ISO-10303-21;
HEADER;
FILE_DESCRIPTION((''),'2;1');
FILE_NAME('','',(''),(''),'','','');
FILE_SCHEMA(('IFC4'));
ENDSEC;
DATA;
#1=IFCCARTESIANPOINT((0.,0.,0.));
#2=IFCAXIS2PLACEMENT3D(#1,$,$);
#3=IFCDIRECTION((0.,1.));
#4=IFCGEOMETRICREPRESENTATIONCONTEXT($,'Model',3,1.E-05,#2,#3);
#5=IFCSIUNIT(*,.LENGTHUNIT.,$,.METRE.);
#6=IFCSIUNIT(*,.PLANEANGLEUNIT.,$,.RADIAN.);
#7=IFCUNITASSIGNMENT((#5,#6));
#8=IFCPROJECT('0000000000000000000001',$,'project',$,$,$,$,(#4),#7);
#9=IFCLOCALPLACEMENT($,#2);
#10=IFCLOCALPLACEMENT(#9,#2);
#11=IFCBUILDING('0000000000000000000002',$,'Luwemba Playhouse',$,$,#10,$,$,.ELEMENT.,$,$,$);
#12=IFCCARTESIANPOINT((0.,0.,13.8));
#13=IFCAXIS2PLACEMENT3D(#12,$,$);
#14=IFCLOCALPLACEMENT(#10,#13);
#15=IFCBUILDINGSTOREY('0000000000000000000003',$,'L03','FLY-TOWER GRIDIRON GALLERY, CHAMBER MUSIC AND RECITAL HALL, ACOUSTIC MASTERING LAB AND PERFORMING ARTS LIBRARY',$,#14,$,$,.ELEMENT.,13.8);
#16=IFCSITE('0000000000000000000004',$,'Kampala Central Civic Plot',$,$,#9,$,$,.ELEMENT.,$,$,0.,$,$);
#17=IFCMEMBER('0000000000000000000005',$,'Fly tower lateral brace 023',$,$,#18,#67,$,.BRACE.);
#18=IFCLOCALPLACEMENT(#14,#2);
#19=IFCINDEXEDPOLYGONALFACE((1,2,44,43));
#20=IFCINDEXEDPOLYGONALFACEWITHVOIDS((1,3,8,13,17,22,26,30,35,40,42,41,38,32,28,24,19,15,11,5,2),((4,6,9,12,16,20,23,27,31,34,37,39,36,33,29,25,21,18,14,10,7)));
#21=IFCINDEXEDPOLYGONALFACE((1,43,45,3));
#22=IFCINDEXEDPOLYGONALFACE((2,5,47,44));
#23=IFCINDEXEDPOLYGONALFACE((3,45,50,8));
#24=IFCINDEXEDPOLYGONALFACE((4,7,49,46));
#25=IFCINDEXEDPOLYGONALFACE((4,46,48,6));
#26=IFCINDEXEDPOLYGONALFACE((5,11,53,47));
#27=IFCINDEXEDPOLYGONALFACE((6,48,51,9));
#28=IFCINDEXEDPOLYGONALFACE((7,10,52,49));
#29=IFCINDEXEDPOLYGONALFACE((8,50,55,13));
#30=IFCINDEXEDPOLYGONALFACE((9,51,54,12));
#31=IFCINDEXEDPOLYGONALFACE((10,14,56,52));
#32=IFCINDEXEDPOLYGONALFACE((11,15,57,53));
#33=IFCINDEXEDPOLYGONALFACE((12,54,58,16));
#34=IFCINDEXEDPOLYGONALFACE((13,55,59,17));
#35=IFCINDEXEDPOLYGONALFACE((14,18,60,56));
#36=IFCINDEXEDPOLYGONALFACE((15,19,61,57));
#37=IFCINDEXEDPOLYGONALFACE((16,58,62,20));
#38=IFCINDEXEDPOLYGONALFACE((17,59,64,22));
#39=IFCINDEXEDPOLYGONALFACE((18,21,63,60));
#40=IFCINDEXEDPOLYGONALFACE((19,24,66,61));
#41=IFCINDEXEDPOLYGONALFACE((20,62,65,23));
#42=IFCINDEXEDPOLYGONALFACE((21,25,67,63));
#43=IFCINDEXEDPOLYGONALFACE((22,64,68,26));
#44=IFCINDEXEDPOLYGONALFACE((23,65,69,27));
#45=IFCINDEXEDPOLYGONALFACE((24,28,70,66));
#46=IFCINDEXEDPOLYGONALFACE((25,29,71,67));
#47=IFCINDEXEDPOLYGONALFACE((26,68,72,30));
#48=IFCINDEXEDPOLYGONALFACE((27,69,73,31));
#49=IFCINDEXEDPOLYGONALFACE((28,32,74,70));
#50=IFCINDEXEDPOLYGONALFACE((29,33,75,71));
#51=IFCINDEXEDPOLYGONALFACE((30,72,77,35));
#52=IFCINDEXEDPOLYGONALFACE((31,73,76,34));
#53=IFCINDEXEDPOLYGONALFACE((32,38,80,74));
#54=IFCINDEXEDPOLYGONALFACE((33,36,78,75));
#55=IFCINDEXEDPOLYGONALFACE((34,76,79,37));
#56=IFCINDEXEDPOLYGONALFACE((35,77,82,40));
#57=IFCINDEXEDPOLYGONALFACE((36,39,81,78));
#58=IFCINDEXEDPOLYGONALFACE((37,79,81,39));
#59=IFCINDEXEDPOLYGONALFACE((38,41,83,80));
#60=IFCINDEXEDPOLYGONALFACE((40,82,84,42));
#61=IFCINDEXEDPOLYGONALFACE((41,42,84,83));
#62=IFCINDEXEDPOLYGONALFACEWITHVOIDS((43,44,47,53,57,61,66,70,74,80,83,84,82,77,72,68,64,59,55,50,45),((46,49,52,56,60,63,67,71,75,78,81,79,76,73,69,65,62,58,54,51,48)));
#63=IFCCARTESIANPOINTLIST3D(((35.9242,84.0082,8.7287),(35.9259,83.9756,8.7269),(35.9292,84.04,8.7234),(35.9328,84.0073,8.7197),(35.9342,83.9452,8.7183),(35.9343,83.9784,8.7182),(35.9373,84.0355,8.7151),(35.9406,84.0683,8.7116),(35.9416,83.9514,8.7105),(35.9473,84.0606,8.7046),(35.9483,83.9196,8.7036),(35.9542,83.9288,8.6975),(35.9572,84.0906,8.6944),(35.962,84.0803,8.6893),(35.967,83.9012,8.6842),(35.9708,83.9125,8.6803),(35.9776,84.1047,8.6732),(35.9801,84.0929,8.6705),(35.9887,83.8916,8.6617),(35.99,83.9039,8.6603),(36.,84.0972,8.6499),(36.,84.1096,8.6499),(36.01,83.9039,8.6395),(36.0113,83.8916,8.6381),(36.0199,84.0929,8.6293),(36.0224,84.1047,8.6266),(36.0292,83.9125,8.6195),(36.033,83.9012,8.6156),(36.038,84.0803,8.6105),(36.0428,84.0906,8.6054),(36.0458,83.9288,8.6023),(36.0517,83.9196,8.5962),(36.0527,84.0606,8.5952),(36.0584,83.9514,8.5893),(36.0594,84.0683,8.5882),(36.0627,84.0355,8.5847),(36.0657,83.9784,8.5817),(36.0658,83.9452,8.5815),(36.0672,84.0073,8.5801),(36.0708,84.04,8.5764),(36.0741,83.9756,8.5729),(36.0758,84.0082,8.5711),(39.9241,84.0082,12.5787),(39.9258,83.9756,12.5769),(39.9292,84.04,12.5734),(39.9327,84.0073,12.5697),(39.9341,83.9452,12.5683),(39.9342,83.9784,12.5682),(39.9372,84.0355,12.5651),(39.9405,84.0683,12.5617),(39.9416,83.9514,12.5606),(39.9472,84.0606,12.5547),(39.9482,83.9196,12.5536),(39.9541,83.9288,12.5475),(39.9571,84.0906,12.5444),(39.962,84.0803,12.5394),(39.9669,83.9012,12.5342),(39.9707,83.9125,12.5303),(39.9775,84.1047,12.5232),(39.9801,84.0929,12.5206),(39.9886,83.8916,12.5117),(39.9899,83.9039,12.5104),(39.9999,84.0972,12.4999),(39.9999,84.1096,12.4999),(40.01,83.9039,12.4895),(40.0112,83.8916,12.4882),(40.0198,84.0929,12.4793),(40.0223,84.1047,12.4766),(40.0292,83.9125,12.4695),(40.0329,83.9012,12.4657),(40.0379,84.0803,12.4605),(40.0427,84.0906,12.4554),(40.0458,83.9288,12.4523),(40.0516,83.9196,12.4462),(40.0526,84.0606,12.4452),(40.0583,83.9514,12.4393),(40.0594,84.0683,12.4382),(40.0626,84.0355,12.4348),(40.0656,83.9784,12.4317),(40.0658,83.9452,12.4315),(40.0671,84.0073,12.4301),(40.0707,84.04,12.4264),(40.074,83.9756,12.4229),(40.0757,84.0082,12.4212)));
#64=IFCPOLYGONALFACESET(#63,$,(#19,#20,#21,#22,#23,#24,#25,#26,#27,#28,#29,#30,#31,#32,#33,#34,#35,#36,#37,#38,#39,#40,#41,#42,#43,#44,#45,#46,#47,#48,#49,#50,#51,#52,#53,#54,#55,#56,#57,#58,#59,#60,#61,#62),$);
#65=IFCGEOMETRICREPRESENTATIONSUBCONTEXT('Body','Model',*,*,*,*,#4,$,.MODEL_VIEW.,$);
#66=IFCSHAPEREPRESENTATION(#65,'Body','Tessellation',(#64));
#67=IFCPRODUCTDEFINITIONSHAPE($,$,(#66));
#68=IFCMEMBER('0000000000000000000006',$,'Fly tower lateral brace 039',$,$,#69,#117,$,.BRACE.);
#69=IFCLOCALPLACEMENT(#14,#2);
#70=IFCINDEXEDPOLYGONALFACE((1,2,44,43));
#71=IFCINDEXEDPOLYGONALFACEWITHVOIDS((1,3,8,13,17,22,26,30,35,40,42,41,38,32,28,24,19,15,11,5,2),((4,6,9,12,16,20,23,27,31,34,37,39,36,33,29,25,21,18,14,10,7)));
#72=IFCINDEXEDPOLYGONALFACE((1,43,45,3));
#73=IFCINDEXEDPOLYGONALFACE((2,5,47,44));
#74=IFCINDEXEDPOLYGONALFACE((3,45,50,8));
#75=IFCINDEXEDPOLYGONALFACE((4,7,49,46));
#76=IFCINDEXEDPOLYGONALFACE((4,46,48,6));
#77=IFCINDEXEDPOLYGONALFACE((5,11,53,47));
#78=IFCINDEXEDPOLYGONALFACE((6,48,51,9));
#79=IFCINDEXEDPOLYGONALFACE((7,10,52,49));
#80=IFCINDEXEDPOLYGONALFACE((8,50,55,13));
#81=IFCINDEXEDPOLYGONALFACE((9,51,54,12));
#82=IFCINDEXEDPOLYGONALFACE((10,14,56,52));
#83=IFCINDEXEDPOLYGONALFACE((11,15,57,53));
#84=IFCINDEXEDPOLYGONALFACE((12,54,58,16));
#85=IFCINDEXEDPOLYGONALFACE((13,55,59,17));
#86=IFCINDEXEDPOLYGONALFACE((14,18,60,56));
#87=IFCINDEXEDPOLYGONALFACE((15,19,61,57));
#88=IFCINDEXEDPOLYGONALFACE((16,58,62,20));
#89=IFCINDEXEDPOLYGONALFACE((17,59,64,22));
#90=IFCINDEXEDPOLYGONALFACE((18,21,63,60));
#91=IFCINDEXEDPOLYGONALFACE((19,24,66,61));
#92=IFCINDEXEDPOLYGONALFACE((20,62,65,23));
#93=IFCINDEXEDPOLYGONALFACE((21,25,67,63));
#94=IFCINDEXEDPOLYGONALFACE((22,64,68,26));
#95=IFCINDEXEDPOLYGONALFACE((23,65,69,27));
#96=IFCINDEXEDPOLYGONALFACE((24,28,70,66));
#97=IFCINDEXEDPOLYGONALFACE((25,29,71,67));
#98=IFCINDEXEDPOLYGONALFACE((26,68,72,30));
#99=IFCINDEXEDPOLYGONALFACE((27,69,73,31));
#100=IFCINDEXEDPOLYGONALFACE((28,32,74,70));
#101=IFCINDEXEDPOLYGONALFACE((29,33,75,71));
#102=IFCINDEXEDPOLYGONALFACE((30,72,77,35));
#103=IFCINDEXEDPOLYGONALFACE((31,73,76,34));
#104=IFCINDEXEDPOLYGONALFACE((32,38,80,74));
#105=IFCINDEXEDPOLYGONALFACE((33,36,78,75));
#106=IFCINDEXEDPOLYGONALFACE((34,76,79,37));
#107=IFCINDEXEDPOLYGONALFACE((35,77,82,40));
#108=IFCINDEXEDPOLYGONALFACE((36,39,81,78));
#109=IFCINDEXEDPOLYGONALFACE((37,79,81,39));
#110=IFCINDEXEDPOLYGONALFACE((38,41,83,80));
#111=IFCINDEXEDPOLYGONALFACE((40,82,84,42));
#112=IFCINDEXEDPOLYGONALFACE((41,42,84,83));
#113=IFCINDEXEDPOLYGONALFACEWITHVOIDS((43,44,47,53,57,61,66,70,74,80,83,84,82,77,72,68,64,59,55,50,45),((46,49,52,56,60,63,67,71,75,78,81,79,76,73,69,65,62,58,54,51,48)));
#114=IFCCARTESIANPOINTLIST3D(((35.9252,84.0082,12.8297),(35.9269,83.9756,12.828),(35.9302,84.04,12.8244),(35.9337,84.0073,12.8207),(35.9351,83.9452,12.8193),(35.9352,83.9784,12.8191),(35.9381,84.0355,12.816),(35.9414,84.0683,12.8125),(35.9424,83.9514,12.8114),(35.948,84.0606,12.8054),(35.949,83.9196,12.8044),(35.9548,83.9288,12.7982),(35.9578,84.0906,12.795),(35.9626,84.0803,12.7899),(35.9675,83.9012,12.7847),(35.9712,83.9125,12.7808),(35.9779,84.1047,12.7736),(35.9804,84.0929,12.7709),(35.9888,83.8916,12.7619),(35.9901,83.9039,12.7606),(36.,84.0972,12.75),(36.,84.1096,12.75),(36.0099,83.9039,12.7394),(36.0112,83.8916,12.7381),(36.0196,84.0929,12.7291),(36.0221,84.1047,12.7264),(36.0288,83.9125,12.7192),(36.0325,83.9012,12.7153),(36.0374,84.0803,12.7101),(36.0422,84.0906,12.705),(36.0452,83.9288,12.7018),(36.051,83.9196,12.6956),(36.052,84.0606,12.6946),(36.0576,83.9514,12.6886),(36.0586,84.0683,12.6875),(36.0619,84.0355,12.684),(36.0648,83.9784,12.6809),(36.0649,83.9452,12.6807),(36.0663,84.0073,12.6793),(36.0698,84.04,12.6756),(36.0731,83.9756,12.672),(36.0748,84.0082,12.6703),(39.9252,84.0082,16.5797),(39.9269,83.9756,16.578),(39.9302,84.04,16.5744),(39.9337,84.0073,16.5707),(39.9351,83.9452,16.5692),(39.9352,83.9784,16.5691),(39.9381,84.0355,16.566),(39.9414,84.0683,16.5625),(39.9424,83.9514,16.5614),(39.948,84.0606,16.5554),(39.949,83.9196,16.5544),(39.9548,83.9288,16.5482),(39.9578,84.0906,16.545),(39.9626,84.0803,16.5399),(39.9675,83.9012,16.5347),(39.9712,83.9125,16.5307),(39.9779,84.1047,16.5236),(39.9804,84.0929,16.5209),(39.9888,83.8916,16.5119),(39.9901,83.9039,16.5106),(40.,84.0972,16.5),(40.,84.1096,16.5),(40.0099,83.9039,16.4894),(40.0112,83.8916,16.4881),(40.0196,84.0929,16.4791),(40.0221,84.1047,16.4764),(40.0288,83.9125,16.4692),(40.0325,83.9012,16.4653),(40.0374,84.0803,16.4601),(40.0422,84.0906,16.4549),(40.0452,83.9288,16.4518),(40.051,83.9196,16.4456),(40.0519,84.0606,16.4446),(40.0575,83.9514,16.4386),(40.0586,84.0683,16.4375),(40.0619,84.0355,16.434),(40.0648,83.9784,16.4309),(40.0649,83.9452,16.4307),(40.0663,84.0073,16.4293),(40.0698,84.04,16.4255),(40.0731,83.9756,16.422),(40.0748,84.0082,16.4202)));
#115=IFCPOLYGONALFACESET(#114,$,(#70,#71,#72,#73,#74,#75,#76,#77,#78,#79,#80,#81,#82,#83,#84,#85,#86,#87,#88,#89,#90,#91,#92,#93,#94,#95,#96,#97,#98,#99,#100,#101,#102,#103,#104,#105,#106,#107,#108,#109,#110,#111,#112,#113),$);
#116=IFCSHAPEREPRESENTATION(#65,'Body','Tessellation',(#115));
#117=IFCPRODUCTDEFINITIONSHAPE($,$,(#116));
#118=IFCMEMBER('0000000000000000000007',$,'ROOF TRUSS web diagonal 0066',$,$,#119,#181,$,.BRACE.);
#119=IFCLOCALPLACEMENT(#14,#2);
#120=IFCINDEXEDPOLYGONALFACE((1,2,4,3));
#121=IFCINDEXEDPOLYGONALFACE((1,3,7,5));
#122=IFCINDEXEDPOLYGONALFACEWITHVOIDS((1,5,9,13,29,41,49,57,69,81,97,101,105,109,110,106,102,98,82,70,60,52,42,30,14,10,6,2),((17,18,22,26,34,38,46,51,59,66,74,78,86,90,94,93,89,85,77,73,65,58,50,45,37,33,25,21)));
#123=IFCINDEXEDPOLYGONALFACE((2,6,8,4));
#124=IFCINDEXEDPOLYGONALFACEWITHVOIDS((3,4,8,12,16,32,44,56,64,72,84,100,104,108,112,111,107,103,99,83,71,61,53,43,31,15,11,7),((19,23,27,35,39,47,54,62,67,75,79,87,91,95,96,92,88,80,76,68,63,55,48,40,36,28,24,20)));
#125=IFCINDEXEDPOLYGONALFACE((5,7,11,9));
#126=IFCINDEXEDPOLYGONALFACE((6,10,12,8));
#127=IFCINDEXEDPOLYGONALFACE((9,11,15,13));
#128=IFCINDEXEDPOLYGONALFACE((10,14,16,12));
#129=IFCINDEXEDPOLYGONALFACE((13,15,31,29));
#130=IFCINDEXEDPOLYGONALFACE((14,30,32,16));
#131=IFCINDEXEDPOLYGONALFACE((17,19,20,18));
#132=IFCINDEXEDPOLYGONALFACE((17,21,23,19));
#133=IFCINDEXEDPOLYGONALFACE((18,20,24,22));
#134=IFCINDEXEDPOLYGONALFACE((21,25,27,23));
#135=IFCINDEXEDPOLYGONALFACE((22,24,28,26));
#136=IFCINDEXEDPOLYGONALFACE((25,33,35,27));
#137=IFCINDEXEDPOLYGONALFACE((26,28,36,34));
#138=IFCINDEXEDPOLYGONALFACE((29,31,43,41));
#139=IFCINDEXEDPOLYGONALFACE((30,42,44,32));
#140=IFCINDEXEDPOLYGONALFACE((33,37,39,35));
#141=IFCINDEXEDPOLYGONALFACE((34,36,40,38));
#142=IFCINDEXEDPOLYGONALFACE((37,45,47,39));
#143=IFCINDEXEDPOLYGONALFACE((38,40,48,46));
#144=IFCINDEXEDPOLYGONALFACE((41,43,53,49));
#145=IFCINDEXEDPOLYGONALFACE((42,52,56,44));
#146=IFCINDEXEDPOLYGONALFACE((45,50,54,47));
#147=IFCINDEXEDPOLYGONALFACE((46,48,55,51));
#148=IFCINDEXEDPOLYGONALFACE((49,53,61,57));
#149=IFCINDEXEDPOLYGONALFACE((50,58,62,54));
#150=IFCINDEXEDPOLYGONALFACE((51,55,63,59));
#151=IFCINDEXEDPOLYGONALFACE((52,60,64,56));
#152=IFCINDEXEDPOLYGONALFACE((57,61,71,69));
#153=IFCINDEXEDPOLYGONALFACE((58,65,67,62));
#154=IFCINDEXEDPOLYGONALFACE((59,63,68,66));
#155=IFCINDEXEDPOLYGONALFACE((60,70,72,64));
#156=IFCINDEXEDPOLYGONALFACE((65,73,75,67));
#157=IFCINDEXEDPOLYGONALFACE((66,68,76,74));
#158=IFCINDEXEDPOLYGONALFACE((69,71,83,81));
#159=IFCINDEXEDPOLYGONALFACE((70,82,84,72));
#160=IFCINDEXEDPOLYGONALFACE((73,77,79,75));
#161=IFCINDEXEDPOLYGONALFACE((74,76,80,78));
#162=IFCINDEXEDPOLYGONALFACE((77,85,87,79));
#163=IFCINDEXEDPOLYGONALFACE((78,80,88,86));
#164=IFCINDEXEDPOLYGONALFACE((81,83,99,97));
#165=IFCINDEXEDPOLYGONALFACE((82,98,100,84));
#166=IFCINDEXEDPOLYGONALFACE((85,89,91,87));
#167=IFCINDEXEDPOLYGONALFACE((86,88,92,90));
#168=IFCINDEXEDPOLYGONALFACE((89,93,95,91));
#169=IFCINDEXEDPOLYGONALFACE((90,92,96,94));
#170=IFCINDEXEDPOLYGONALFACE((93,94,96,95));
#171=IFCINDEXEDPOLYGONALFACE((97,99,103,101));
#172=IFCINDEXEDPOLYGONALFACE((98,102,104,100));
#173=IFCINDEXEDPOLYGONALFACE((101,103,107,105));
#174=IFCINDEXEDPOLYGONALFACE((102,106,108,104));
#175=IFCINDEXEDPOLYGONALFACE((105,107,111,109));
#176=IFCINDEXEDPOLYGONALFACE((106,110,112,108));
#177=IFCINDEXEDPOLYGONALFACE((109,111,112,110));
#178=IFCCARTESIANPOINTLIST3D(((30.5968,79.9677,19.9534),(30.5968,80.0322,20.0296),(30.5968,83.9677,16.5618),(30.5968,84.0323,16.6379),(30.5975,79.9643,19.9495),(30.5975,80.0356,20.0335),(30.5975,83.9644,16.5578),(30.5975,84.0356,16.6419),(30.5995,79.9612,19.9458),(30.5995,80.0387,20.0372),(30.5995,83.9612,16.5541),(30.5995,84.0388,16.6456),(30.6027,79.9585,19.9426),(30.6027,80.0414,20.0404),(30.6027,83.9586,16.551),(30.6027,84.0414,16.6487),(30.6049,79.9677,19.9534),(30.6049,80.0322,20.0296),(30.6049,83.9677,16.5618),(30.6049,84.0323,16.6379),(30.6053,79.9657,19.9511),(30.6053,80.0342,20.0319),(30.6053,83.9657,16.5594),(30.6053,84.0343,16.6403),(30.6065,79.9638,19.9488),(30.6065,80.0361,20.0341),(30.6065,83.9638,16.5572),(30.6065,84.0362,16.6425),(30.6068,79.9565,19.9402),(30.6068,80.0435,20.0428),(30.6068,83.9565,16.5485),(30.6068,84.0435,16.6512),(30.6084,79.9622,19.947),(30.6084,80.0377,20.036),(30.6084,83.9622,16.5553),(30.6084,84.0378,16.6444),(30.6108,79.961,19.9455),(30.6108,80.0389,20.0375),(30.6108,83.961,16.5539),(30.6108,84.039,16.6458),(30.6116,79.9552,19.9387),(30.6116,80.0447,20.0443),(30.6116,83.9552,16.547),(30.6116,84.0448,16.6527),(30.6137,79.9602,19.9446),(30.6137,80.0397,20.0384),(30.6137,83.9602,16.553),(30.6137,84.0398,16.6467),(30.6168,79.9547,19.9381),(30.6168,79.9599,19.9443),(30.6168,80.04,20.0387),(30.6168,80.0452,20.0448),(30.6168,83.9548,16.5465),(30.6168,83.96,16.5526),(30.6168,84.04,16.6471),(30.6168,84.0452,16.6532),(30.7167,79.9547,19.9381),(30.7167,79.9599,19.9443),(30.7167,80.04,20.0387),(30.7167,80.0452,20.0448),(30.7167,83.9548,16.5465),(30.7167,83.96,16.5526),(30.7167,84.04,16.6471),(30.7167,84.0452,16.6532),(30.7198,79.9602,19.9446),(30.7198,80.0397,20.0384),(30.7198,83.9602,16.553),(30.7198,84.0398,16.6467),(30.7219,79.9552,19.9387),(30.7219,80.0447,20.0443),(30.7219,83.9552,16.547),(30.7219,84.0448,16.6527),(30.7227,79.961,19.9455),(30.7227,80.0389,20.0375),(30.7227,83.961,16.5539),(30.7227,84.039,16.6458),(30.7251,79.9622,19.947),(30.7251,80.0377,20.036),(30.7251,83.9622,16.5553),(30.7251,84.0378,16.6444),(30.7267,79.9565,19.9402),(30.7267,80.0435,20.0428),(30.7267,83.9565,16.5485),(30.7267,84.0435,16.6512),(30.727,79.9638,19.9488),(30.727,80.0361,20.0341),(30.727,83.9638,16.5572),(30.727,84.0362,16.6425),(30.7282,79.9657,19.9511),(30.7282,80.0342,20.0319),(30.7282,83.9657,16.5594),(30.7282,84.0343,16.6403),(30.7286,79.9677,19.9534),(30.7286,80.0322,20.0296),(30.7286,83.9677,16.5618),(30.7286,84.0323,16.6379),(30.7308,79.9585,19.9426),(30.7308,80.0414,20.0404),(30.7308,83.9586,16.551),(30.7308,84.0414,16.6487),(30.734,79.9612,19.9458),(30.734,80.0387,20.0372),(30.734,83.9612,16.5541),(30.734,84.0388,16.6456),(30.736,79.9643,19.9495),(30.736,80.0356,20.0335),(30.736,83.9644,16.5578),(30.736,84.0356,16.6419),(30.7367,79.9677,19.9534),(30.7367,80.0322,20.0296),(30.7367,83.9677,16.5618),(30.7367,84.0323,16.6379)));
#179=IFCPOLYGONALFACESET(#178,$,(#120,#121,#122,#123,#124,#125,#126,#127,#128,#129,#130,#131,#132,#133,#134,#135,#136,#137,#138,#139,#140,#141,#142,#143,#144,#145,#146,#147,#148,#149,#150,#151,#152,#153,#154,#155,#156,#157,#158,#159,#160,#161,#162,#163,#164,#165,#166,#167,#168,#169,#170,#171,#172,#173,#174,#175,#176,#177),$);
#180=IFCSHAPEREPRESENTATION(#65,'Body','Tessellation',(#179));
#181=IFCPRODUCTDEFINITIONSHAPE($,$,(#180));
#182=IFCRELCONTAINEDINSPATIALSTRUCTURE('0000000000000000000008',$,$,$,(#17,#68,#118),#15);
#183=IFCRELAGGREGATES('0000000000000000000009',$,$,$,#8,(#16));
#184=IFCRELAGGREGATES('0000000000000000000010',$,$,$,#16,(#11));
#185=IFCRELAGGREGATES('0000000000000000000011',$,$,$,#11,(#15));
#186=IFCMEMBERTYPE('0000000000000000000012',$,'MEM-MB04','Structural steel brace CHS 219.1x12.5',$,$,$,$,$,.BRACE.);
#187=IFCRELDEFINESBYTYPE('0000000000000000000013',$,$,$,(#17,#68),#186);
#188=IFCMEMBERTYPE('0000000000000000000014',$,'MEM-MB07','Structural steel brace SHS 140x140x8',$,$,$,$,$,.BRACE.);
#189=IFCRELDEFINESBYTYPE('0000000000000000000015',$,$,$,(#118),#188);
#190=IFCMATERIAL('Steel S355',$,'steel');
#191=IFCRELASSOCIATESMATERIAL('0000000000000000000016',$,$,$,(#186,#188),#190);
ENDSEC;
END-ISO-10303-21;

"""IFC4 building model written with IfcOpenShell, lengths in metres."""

from ifc_helpers import new_model, si_unit, direction, frame, origin, origin_2d, place, context, subcontext, project, spatial, hollow_rectangle, hollow_circle, extrude, material, material_profile, profile_set, type_object, element, save


model = new_model("IFC4")

# Units and contexts
model_context = context("Model", 3, precision=1e-05, world=origin(), true_north=direction((0.0, 1.0)))
body_context = subcontext(model_context, "Body", "Model", "MODEL_VIEW")
ifc_project = project(units=[si_unit("LENGTHUNIT", "METRE"), si_unit("PLANEANGLEUNIT", "RADIAN")], contexts=[model_context])

# Site, building, storey
site_placement = place(None, origin())
site = spatial("IfcSite", under=ifc_project, at=site_placement, Name="Kampala Central Civic Plot", CompositionType="ELEMENT", RefElevation=0.0)
building_placement = place(site_placement, origin())
building = spatial("IfcBuilding", under=site, at=building_placement, Name="Luwemba Playhouse", CompositionType="ELEMENT")
storey_placement = place(building_placement, frame((0.0, 0.0, 13.8)))
storey = spatial("IfcBuildingStorey", under=building, at=storey_placement, Name="L03", Description="FLY-TOWER GRIDIRON GALLERY, CHAMBER MUSIC AND RECITAL HALL, ACOUSTIC MASTERING LAB AND PERFORMING ARTS LIBRARY", CompositionType="ELEMENT", Elevation=13.8)

# Shared definitions
ifc_material_1 = material(Name="Steel S355", Category="steel")

# Members
ifc_material_profile_1 = material_profile(ifc_material_1, hollow_circle(Radius=0.1096, WallThickness=0.0125, at=origin_2d()))
ifc_profile_set_1 = profile_set([ifc_material_profile_1], Name="Steel S355")
member_type_1 = type_object("IfcMemberType", Name="MEM-MB04", Description="Structural steel brace CHS 219.1x12.5", PredefinedType="BRACE", material=ifc_profile_set_1)
member_1_placement = place(storey_placement, frame((36.0, 84.0, 8.6499), z_axis=(0.720478, 0.0, 0.693478), x_axis=(0.0, 1.0, 0.0)))
element("IfcMember", 1, at=member_1_placement, inside=storey, type_object=member_type_1, Name="Fly tower lateral brace 023", PredefinedType="BRACE", context=body_context, shape_type="SweptSolid", body=[
    extrude(hollow_circle(Radius=0.1096, WallThickness=0.0125, at=origin_2d()), origin(), (0.0, 0.0, 1.0), 5.5518),
])
member_2_placement = place(storey_placement, frame((36.0, 84.0, 12.75), z_axis=(0.729537, 0.0, 0.683941), x_axis=(0.0, 1.0, 0.0)))
element("IfcMember", 2, at=member_2_placement, inside=storey, type_object=member_type_1, Name="Fly tower lateral brace 039", PredefinedType="BRACE", context=body_context, shape_type="SweptSolid", body=[
    extrude(hollow_circle(Radius=0.1096, WallThickness=0.0125, at=origin_2d()), origin(), (0.0, 0.0, 1.0), 5.4829),
])
ifc_material_profile_2 = material_profile(ifc_material_1, hollow_rectangle(XDim=0.1399, YDim=0.1399, WallThickness=0.0081, InnerFilletRadius=0.012, OuterFilletRadius=0.02, at=origin_2d()))
ifc_profile_set_2 = profile_set([ifc_material_profile_2], Name="Steel S355")
member_type_2 = type_object("IfcMemberType", Name="MEM-MB07", Description="Structural steel brace SHS 140x140x8", PredefinedType="BRACE", material=ifc_profile_set_2)
member_3_placement = place(storey_placement, frame((30.6667, 84.0, 16.5999), z_axis=(0.0, -0.762729, 0.646718), x_axis=(1.0, 0.0, 0.0)))
element("IfcMember", 3, at=member_3_placement, inside=storey, type_object=member_type_2, Name="ROOF TRUSS web diagonal 0066", PredefinedType="BRACE", context=body_context, shape_type="SweptSolid", body=[
    extrude(hollow_rectangle(XDim=0.1399, YDim=0.1399, WallThickness=0.0081, InnerFilletRadius=0.012, OuterFilletRadius=0.02, at=origin_2d()), origin(), (0.0, 0.0, 1.0), 5.2444),
])

save(model, "model.ifc")
